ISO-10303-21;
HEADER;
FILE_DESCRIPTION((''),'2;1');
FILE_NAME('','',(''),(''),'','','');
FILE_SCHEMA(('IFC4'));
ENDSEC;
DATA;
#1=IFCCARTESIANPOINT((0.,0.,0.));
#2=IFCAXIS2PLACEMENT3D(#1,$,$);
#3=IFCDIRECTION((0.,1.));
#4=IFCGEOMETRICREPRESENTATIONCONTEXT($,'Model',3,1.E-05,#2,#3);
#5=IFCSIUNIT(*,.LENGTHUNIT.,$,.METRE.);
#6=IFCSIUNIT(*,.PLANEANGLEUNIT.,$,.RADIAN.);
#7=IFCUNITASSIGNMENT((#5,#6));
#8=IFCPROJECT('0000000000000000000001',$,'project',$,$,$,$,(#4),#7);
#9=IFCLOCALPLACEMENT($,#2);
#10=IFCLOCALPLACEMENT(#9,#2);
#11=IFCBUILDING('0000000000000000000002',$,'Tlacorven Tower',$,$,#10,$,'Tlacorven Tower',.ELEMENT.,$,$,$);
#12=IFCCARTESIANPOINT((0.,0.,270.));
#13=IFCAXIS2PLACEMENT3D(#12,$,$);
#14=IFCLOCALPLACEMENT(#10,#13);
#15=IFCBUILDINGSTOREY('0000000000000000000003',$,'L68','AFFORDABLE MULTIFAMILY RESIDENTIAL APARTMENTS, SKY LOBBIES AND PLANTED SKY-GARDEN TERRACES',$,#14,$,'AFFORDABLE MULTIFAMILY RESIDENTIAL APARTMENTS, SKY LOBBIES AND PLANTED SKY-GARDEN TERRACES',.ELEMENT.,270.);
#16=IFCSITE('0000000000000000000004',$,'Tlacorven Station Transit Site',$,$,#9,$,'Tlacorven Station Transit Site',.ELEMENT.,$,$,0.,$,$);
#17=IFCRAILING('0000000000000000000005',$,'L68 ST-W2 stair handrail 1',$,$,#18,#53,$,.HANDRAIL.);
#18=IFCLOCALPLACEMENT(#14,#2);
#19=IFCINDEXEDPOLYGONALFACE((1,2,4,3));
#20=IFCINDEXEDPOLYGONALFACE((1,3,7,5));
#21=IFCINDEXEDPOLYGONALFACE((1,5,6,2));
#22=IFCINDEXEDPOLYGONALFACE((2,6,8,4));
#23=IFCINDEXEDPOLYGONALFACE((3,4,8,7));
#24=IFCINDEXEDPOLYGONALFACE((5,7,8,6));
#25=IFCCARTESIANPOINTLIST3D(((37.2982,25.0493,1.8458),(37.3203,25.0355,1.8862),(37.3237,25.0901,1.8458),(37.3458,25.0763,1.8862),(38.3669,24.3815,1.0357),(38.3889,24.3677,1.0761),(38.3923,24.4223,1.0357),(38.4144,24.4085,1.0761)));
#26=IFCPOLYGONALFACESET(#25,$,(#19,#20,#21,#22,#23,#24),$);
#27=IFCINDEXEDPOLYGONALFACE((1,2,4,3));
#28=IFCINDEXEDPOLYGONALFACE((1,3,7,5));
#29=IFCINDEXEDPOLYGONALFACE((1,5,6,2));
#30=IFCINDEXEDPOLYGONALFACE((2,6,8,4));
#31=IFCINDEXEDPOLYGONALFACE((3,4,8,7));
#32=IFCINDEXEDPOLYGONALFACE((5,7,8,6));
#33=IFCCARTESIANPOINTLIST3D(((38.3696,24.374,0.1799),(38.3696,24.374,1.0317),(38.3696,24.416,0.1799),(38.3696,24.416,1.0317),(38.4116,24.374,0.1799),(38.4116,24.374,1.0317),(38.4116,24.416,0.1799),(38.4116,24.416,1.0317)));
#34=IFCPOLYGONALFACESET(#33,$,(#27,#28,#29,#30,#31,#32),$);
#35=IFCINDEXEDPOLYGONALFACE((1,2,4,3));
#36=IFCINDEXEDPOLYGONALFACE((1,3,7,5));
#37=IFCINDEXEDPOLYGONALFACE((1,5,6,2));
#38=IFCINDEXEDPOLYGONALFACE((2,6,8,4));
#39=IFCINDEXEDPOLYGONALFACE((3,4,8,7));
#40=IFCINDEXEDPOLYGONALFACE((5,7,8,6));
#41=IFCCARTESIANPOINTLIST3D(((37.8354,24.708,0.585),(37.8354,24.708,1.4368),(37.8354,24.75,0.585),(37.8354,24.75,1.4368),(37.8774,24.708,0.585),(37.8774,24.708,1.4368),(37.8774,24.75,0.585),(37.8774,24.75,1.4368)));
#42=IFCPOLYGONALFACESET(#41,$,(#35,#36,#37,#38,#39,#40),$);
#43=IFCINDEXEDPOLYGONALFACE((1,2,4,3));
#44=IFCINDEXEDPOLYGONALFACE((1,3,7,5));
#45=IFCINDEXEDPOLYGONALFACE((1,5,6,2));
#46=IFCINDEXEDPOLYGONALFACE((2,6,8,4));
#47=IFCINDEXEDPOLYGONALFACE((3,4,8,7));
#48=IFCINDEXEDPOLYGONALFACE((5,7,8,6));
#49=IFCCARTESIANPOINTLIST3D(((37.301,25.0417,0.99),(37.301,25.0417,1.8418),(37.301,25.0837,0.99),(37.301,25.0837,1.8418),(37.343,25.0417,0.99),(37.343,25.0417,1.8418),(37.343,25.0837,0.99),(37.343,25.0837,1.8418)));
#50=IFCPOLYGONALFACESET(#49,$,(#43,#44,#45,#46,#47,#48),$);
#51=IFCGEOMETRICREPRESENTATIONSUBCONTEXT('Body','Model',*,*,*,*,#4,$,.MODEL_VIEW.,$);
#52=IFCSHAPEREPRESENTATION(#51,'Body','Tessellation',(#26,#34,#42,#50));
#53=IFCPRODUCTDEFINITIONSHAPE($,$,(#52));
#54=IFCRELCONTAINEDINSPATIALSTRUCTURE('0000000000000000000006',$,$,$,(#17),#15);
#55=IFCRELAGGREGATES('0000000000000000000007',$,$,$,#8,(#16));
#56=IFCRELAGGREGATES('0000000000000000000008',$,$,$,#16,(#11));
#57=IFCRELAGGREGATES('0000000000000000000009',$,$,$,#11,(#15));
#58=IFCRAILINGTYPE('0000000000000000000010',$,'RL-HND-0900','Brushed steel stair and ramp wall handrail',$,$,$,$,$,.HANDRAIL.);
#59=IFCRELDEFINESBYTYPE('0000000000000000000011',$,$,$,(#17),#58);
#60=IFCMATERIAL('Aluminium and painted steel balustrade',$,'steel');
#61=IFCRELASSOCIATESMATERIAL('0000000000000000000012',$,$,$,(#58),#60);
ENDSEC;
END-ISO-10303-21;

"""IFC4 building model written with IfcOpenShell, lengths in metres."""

from ifc_helpers import new_model, si_unit, direction, frame, origin, origin_2d, place, context, subcontext, project, spatial, rectangle, extrude, source, transform, mapped, material, type_object, element, save


model = new_model("IFC4")

# Units and contexts
model_context = context("Model", 3, precision=1e-05, world=origin(), true_north=direction((0.0, 1.0)))
body_context = subcontext(model_context, "Body", "Model", "MODEL_VIEW")
ifc_project = project(units=[si_unit("LENGTHUNIT", "METRE"), si_unit("PLANEANGLEUNIT", "RADIAN")], contexts=[model_context])

# Site, building, storey
site_placement = place(None, origin())
site = spatial("IfcSite", under=ifc_project, at=site_placement, Name="Tlacorven Station Transit Site", LongName="Tlacorven Station Transit Site", CompositionType="ELEMENT", RefElevation=0.0)
building_placement = place(site_placement, origin())
building = spatial("IfcBuilding", under=site, at=building_placement, Name="Tlacorven Tower", LongName="Tlacorven Tower", CompositionType="ELEMENT")
storey_placement = place(building_placement, frame((0.0, 0.0, 270.0)))
storey = spatial("IfcBuildingStorey", under=building, at=storey_placement, Name="L68", Description="AFFORDABLE MULTIFAMILY RESIDENTIAL APARTMENTS, SKY LOBBIES AND PLANTED SKY-GARDEN TERRACES", LongName="AFFORDABLE MULTIFAMILY RESIDENTIAL APARTMENTS, SKY LOBBIES AND PLANTED SKY-GARDEN TERRACES", CompositionType="ELEMENT", Elevation=270.0)

# Railing
ifc_material_1 = material(Name="Aluminium and painted steel balustrade", Category="steel")
railing_type = type_object("IfcRailingType", Name="RL-HND-0900", Description="Brushed steel stair and ramp wall handrail", PredefinedType="HANDRAIL", material=ifc_material_1)
shared_shape_1 = source(origin(), body_context, "Body", "SweptSolid", [
    extrude(rectangle(XDim=0.0481, YDim=0.0481, at=origin_2d()), frame((0.0, 0.0, 0.876), z_axis=(-0.71336, 0.445748, 0.540765), x_axis=(-0.529912, -0.848053, 0.0)), (0.0, 0.0, 1.0), 1.498),
    extrude(rectangle(XDim=0.042, YDim=0.042, at=origin_2d()), origin(), (0.0, 0.0, 1.0), 0.8518),
    extrude(rectangle(XDim=0.042, YDim=0.042, at=origin_2d()), frame((-0.5342, 0.334, 0.405)), (0.0, 0.0, 1.0), 0.8518),
    extrude(rectangle(XDim=0.042, YDim=0.042, at=origin_2d()), frame((-1.0686, 0.6677, 0.8101)), (0.0, 0.0, 1.0), 0.8518),
])
railing_placement = place(storey_placement, frame((38.3906, 24.395, 0.1799)))
element("IfcRailing", 1, at=railing_placement, inside=storey, type_object=railing_type, Name="L68 ST-W2 stair handrail 1", PredefinedType="HANDRAIL", context=body_context, shape_type="MappedRepresentation", body=[
    mapped(shared_shape_1, transform((0.0, 0.0, 0.0), scale=1.0)),
])

save(model, "model.ifc")
